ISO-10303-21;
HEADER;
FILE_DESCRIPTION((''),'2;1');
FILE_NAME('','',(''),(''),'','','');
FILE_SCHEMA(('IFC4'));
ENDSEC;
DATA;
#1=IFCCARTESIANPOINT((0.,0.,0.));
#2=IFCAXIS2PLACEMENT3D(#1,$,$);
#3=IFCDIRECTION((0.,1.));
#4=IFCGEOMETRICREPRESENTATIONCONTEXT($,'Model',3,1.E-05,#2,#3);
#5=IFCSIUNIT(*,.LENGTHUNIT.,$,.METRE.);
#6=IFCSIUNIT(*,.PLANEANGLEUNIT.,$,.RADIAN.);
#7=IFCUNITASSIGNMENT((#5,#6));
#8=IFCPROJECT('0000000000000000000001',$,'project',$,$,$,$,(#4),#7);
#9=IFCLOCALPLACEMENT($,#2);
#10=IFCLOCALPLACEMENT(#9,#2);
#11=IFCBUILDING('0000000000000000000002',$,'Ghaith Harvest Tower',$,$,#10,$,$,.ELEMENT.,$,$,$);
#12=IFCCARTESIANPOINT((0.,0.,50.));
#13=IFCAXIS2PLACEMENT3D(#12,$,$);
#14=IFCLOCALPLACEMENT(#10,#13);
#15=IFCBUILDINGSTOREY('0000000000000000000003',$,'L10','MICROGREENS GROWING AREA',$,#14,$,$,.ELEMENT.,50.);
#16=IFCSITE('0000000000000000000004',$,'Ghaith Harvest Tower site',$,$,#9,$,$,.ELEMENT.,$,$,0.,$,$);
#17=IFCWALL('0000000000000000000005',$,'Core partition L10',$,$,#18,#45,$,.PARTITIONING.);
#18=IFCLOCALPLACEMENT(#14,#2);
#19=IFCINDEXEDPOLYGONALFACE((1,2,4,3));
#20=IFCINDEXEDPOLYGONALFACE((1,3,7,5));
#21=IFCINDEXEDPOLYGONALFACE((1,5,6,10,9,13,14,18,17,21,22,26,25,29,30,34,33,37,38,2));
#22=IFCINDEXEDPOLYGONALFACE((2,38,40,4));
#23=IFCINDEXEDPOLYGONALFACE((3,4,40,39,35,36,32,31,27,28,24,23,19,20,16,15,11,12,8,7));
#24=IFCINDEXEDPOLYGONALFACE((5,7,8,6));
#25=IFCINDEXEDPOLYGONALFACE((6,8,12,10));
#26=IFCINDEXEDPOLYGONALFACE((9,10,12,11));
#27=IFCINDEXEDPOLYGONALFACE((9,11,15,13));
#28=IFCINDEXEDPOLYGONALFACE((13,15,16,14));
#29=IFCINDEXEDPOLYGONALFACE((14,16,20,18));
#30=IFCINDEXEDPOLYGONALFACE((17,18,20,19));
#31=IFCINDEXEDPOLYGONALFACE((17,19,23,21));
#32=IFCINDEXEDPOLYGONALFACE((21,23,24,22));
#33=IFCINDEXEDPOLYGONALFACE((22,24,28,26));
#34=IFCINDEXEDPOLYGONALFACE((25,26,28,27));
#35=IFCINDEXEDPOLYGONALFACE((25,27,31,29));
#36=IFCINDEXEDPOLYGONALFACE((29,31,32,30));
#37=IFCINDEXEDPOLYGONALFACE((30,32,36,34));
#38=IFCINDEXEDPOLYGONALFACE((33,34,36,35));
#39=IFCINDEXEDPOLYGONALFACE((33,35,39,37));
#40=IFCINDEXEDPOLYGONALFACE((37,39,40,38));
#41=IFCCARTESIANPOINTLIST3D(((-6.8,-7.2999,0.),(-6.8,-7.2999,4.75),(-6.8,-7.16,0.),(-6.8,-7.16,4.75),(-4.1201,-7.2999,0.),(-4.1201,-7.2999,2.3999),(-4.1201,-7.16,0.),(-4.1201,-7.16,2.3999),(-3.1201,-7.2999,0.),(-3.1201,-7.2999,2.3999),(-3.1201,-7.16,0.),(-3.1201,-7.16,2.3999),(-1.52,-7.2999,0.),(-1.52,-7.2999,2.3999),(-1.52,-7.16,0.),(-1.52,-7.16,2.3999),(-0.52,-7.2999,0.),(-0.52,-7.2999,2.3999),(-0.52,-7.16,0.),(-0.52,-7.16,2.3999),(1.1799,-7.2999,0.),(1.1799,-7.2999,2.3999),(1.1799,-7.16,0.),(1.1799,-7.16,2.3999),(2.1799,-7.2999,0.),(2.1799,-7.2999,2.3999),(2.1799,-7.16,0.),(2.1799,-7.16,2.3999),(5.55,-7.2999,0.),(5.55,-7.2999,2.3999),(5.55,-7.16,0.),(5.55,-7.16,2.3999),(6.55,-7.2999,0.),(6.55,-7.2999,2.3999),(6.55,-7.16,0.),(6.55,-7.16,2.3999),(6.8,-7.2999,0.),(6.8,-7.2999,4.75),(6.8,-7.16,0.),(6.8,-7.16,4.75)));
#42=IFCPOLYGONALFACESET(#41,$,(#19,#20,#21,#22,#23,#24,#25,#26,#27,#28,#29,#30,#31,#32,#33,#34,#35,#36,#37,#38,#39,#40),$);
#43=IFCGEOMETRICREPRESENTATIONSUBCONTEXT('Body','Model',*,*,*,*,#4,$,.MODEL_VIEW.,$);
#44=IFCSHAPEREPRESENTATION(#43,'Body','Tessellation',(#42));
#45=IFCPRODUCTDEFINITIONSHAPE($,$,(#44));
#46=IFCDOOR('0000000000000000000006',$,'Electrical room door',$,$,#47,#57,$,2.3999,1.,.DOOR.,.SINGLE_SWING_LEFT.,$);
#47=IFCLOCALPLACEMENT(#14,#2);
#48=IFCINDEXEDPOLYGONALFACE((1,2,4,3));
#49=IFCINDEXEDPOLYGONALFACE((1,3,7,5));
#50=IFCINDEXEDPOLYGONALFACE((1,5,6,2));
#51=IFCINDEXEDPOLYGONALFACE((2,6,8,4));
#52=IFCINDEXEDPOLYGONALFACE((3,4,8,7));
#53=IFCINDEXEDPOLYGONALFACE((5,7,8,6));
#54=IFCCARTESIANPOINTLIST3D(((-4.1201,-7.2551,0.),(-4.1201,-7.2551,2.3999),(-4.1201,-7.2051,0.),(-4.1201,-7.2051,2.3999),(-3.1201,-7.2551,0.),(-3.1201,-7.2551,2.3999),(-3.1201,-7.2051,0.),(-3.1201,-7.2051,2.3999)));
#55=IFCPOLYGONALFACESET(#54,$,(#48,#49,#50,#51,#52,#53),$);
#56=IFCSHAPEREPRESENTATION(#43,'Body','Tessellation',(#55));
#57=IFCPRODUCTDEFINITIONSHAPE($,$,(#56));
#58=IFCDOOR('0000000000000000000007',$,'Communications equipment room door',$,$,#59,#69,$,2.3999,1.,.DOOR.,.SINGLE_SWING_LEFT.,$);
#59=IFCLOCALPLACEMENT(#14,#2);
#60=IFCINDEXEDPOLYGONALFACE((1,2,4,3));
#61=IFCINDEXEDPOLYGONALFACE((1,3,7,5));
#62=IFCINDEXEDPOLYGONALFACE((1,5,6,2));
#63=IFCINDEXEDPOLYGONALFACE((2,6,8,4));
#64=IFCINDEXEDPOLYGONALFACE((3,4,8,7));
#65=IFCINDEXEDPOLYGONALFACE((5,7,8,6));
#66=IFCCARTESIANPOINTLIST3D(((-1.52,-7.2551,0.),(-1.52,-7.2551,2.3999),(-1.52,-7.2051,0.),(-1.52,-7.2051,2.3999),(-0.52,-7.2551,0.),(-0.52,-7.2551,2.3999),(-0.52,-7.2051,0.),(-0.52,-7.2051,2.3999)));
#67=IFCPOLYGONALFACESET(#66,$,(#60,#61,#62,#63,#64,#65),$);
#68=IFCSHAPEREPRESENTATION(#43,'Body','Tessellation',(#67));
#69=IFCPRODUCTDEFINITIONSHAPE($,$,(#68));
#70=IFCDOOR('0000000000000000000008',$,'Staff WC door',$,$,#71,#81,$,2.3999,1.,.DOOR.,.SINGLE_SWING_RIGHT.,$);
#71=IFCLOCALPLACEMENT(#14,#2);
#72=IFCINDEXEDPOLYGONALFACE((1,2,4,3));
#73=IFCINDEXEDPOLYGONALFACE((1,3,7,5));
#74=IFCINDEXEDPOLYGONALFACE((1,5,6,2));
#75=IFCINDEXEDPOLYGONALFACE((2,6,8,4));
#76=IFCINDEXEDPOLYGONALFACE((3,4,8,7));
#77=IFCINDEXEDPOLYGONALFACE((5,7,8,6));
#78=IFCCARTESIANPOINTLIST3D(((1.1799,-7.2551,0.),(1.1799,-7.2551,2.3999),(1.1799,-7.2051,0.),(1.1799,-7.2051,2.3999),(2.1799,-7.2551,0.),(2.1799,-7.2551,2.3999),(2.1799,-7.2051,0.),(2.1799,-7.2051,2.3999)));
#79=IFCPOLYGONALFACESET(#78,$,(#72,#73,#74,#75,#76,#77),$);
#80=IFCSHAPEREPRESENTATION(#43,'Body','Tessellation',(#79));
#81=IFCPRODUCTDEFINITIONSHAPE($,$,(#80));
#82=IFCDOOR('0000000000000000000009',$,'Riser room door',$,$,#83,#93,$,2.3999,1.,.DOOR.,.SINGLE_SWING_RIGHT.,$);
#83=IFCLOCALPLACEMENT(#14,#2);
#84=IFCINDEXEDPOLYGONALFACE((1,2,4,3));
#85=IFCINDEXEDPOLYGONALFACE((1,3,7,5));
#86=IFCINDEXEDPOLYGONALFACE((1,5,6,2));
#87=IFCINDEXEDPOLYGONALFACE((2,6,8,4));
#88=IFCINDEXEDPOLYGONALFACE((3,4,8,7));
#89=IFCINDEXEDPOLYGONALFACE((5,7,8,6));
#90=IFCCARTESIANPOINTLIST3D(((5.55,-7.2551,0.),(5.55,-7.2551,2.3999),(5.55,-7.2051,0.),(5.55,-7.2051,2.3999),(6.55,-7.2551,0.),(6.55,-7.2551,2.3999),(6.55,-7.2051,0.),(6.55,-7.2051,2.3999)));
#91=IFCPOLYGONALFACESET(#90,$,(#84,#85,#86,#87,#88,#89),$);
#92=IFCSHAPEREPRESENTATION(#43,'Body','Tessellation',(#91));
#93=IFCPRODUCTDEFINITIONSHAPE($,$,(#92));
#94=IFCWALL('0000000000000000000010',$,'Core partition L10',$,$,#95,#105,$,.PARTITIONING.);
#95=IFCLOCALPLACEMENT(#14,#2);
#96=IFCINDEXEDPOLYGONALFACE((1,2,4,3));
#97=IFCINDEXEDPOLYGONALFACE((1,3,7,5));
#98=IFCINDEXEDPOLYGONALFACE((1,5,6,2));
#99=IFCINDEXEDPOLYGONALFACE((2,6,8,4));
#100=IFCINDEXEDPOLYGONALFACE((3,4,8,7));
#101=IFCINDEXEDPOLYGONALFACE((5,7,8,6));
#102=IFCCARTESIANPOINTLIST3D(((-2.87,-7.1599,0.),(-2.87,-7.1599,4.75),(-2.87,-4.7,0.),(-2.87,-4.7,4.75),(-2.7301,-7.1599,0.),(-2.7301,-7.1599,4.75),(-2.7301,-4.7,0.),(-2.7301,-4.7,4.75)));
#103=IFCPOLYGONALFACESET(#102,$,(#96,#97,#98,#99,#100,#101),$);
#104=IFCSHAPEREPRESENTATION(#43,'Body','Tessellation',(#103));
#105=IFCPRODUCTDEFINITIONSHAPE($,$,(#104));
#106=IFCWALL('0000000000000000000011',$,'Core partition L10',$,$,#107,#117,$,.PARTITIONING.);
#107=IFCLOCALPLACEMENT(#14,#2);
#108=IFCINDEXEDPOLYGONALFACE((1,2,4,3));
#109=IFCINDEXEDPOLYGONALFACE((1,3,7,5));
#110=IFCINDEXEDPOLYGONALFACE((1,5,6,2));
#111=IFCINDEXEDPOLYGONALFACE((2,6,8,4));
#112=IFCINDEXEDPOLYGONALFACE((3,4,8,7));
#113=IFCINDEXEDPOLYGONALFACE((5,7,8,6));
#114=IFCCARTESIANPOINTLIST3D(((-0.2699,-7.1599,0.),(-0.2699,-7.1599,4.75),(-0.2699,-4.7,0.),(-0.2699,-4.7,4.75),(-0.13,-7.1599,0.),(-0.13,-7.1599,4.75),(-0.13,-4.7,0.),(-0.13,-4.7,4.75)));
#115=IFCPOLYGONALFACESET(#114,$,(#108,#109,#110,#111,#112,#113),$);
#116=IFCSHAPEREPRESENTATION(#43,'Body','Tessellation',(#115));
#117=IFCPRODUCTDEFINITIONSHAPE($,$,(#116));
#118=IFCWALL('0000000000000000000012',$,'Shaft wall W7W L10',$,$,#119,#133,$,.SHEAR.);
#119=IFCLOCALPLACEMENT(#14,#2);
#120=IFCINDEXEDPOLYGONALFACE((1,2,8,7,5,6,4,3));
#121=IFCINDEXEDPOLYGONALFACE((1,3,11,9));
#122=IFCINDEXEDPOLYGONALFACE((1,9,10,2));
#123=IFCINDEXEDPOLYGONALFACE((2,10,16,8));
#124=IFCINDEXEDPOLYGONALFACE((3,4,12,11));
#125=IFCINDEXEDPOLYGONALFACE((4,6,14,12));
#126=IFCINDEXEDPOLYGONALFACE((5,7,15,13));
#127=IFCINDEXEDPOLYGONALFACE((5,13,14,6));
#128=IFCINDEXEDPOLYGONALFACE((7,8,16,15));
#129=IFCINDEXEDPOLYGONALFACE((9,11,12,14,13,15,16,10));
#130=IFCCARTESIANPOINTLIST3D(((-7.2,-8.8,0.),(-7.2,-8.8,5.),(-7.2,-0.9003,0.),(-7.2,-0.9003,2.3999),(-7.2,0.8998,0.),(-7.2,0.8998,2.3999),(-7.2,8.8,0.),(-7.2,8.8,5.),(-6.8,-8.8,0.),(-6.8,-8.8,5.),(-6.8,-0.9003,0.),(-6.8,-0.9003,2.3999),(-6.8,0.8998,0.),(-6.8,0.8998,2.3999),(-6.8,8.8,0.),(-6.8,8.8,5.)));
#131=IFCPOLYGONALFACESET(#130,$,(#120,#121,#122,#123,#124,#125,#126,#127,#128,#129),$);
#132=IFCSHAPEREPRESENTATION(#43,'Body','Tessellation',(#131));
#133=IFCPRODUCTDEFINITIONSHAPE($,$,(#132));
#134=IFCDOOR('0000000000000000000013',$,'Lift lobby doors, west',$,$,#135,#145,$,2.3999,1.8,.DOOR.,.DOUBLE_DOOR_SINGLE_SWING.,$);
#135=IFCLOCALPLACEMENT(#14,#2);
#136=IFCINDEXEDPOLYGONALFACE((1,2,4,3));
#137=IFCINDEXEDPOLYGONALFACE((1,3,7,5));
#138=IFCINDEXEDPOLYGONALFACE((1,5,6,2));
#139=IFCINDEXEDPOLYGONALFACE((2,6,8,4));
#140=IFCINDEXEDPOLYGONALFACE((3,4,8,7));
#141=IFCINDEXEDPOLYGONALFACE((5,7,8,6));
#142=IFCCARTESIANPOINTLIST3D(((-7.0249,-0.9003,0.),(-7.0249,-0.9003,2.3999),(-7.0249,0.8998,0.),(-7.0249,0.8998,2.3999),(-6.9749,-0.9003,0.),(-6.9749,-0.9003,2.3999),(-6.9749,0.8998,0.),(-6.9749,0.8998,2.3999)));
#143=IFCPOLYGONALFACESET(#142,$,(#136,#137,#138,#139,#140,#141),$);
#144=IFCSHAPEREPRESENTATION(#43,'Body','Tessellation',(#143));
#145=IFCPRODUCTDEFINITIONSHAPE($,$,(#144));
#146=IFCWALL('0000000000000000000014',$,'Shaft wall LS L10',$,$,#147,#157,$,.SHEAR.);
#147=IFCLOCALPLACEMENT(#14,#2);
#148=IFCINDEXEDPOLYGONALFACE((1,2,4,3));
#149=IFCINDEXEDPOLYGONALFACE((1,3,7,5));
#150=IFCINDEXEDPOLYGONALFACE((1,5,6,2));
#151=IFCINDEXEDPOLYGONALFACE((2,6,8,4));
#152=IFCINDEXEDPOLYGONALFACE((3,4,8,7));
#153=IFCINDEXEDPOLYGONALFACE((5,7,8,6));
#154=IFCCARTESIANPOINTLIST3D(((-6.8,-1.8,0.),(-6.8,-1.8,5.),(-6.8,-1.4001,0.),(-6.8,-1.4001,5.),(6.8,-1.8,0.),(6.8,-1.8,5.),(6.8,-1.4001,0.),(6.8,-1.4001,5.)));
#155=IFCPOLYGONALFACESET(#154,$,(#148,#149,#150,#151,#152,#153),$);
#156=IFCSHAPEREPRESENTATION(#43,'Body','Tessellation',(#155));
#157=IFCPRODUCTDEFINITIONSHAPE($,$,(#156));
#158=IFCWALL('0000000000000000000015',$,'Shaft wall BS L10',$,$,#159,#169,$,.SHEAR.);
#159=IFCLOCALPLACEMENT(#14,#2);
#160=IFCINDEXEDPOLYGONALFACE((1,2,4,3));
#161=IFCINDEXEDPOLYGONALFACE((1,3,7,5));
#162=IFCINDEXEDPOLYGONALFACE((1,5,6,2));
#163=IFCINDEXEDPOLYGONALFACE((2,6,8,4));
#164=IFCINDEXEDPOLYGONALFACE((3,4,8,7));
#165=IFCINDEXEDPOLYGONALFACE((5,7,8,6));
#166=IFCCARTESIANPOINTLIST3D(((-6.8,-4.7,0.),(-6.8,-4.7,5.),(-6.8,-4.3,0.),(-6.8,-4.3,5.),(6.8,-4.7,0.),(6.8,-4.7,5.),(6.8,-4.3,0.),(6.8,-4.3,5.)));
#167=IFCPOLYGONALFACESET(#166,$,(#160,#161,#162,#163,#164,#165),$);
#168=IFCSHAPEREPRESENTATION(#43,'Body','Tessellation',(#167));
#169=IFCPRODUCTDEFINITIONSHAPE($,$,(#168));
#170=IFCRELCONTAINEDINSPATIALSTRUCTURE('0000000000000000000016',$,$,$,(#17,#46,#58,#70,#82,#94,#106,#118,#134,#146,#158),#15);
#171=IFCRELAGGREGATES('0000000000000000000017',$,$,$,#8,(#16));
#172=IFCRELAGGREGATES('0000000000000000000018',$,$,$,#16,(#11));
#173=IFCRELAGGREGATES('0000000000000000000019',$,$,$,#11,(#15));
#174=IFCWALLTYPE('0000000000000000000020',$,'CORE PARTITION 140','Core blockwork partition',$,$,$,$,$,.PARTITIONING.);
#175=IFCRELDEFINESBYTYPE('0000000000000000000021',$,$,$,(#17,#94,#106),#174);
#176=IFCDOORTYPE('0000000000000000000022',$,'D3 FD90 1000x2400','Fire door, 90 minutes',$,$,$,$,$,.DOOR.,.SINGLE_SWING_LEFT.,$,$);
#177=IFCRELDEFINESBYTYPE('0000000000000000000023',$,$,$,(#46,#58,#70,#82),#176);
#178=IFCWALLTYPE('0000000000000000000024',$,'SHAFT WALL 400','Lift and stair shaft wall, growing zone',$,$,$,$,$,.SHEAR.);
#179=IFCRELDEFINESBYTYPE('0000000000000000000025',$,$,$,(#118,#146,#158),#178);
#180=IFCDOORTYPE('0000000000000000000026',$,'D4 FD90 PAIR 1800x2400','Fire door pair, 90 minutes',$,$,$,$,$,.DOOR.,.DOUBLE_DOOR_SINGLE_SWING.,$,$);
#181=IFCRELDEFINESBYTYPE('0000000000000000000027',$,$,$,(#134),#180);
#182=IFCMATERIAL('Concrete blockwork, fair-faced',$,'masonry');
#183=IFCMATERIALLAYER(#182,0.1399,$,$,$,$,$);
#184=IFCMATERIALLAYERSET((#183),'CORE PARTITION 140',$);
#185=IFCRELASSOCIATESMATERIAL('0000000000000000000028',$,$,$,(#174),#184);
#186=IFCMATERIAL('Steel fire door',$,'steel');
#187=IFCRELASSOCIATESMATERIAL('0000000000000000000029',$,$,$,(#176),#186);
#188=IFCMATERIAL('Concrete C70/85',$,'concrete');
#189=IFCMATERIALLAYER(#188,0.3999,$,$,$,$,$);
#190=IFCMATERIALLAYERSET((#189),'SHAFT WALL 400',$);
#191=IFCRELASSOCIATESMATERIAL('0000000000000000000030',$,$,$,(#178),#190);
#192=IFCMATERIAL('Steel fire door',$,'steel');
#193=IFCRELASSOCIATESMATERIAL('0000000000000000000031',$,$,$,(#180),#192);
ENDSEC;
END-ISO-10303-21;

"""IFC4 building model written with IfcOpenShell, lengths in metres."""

from ifc_helpers import new_model, si_unit, direction, frame, frame_2d, origin, place, context, subcontext, project, spatial, rectangle, extrude, material, layer, layer_set, type_object, element, fill, save


model = new_model("IFC4")

# Units and contexts
model_context = context("Model", 3, precision=1e-05, world=origin(), true_north=direction((0.0, 1.0)))
body_context = subcontext(model_context, "Body", "Model", "MODEL_VIEW")
ifc_project = project(units=[si_unit("LENGTHUNIT", "METRE"), si_unit("PLANEANGLEUNIT", "RADIAN")], contexts=[model_context])

# Site, building, storey
site_placement = place(None, origin())
site = spatial("IfcSite", under=ifc_project, at=site_placement, Name="Ghaith Harvest Tower site", CompositionType="ELEMENT", RefElevation=0.0)
building_placement = place(site_placement, origin())
building = spatial("IfcBuilding", under=site, at=building_placement, Name="Ghaith Harvest Tower", CompositionType="ELEMENT")
storey_placement = place(building_placement, frame((0.0, 0.0, 50.0)))
storey = spatial("IfcBuildingStorey", under=building, at=storey_placement, Name="L10", Description="MICROGREENS GROWING AREA", CompositionType="ELEMENT", Elevation=50.0)

# Wall, openings, doors
ifc_material_1 = material(Name="Concrete blockwork, fair-faced", Category="masonry")
ifc_layer_1 = layer(ifc_material_1, 0.1399)
ifc_layer_set_1 = layer_set([ifc_layer_1], Name="CORE PARTITION 140")
wall_type_1 = type_object("IfcWallType", Name="CORE PARTITION 140", Description="Core blockwork partition", PredefinedType="PARTITIONING", material=ifc_layer_set_1)
wall_1_placement = place(storey_placement, frame((-6.8, -7.23, 0.0), z_axis=(0.0, 0.0, 1.0), x_axis=(1.0, 0.0, 0.0)))
wall_1 = element("IfcWall", 1, at=wall_1_placement, inside=storey, type_object=wall_type_1, Name="Core partition L10", PredefinedType="PARTITIONING", context=body_context, shape_type="SweptSolid", body=[
    extrude(rectangle(XDim=13.6001, YDim=0.1399, at=frame_2d((6.8, 0.0))), origin(), (0.0, 0.0, 1.0), 4.75),
])
opening_1_placement = place(wall_1_placement, frame((2.6799, 0.0, 0.0)))
opening_1 = element("IfcOpeningElement", 2, at=opening_1_placement, cuts=wall_1, PredefinedType="OPENING", context=body_context, shape_type="SweptSolid", body=[
    extrude(rectangle(XDim=1.0, YDim=2.3999, at=frame_2d((0.5, 1.2))), frame((0.0, 0.0801, 0.0), z_axis=(0.0, -1.0, 0.0), x_axis=(1.0, 0.0, 0.0)), (0.0, 0.0, 1.0), 0.1599),
])
opening_2_placement = place(wall_1_placement, frame((5.28, 0.0, 0.0)))
opening_2 = element("IfcOpeningElement", 3, at=opening_2_placement, cuts=wall_1, PredefinedType="OPENING", context=body_context, shape_type="SweptSolid", body=[
    extrude(rectangle(XDim=1.0, YDim=2.3999, at=frame_2d((0.5, 1.2))), frame((0.0, 0.0801, 0.0), z_axis=(0.0, -1.0, 0.0), x_axis=(1.0, 0.0, 0.0)), (0.0, 0.0, 1.0), 0.1599),
])
opening_3_placement = place(wall_1_placement, frame((7.98, 0.0, 0.0)))
opening_3 = element("IfcOpeningElement", 4, at=opening_3_placement, cuts=wall_1, PredefinedType="OPENING", context=body_context, shape_type="SweptSolid", body=[
    extrude(rectangle(XDim=1.0, YDim=2.3999, at=frame_2d((0.5, 1.2))), frame((0.0, 0.0801, 0.0), z_axis=(0.0, -1.0, 0.0), x_axis=(1.0, 0.0, 0.0)), (0.0, 0.0, 1.0), 0.1599),
])
opening_4_placement = place(wall_1_placement, frame((12.3501, 0.0, 0.0)))
opening_4 = element("IfcOpeningElement", 5, at=opening_4_placement, cuts=wall_1, PredefinedType="OPENING", context=body_context, shape_type="SweptSolid", body=[
    extrude(rectangle(XDim=1.0, YDim=2.3999, at=frame_2d((0.5, 1.2))), frame((0.0, 0.0801, 0.0), z_axis=(0.0, -1.0, 0.0), x_axis=(1.0, 0.0, 0.0)), (0.0, 0.0, 1.0), 0.1599),
])
ifc_material_2 = material(Name="Steel fire door", Category="steel")
door_type_1 = type_object("IfcDoorType", Name="D3 FD90 1000x2400", Description="Fire door, 90 minutes", OperationType="SINGLE_SWING_LEFT", PredefinedType="DOOR", material=ifc_material_2)
door_1_placement = place(opening_1_placement, origin())
door_1 = element("IfcDoor", 6, at=door_1_placement, inside=storey, type_object=door_type_1, Name="Electrical room door", OperationType="SINGLE_SWING_LEFT", OverallHeight=2.3999, OverallWidth=1.0, PredefinedType="DOOR", context=body_context, shape_type="SweptSolid", body=[
    extrude(rectangle(XDim=1.0, YDim=2.3999, at=frame_2d((0.5, 1.2))), frame((0.0, 0.0249, 0.0), z_axis=(0.0, -1.0, 0.0), x_axis=(1.0, 0.0, 0.0)), (0.0, 0.0, 1.0), 0.05),
])
fill(opening_1, door_1)
door_2_placement = place(opening_2_placement, origin())
door_2 = element("IfcDoor", 7, at=door_2_placement, inside=storey, type_object=door_type_1, Name="Communications equipment room door", OperationType="SINGLE_SWING_LEFT", OverallHeight=2.3999, OverallWidth=1.0, PredefinedType="DOOR", context=body_context, shape_type="SweptSolid", body=[
    extrude(rectangle(XDim=1.0, YDim=2.3999, at=frame_2d((0.5, 1.2))), frame((0.0, 0.0249, 0.0), z_axis=(0.0, -1.0, 0.0), x_axis=(1.0, 0.0, 0.0)), (0.0, 0.0, 1.0), 0.05),
])
fill(opening_2, door_2)
door_3_placement = place(opening_3_placement, origin())
door_3 = element("IfcDoor", 8, at=door_3_placement, inside=storey, type_object=door_type_1, Name="Staff WC door", OperationType="SINGLE_SWING_RIGHT", OverallHeight=2.3999, OverallWidth=1.0, PredefinedType="DOOR", context=body_context, shape_type="SweptSolid", body=[
    extrude(rectangle(XDim=1.0, YDim=2.3999, at=frame_2d((0.5, 1.2))), frame((0.0, 0.0249, 0.0), z_axis=(0.0, -1.0, 0.0), x_axis=(1.0, 0.0, 0.0)), (0.0, 0.0, 1.0), 0.05),
])
fill(opening_3, door_3)
door_4_placement = place(opening_4_placement, origin())
door_4 = element("IfcDoor", 9, at=door_4_placement, inside=storey, type_object=door_type_1, Name="Riser room door", OperationType="SINGLE_SWING_RIGHT", OverallHeight=2.3999, OverallWidth=1.0, PredefinedType="DOOR", context=body_context, shape_type="SweptSolid", body=[
    extrude(rectangle(XDim=1.0, YDim=2.3999, at=frame_2d((0.5, 1.2))), frame((0.0, 0.0249, 0.0), z_axis=(0.0, -1.0, 0.0), x_axis=(1.0, 0.0, 0.0)), (0.0, 0.0, 1.0), 0.05),
])
fill(opening_4, door_4)

# Walls
for number, where, z_axis, x_axis, name in (
    (10, (-2.8, -4.7, 0.0), (0.0, 0.0, 1.0), (0.0, -1.0, 0.0), "Core partition L10"),
    (11, (-0.2, -4.7, 0.0), (0.0, 0.0, 1.0), (0.0, -1.0, 0.0), "Core partition L10"),
):
    element("IfcWall", number, at=place(storey_placement, frame(where, z_axis=z_axis, x_axis=x_axis)), inside=storey, type_object=wall_type_1, Name=name, PredefinedType="PARTITIONING", context=body_context, shape_type="SweptSolid", body=[
        extrude(rectangle(XDim=2.46, YDim=0.1399, at=frame_2d((1.23, 0.0))), origin(), (0.0, 0.0, 1.0), 4.75),
    ])

# Wall, opening, door
ifc_material_3 = material(Name="Concrete C70/85", Category="concrete")
ifc_layer_2 = layer(ifc_material_3, 0.3999)
ifc_layer_set_2 = layer_set([ifc_layer_2], Name="SHAFT WALL 400")
wall_type_2 = type_object("IfcWallType", Name="SHAFT WALL 400", Description="Lift and stair shaft wall, growing zone", PredefinedType="SHEAR", material=ifc_layer_set_2)
wall_2_placement = place(storey_placement, frame((-7.0, -8.8, 0.0), z_axis=(0.0, 0.0, 1.0), x_axis=(0.0, 1.0, 0.0)))
wall_2 = element("IfcWall", 12, at=wall_2_placement, inside=storey, type_object=wall_type_2, Name="Shaft wall W7W L10", PredefinedType="SHEAR", context=body_context, shape_type="SweptSolid", body=[
    extrude(rectangle(XDim=17.6001, YDim=0.3999, at=frame_2d((8.8, 0.0))), origin(), (0.0, 0.0, 1.0), 5.0),
])
opening_5_placement = place(wall_2_placement, frame((7.8999, 0.0, 0.0)))
opening_5 = element("IfcOpeningElement", 13, at=opening_5_placement, cuts=wall_2, PredefinedType="OPENING", context=body_context, shape_type="SweptSolid", body=[
    extrude(rectangle(XDim=1.8, YDim=2.3999, at=frame_2d((0.8999, 1.2))), frame((0.0, 0.21, 0.0), z_axis=(0.0, -1.0, 0.0), x_axis=(1.0, 0.0, 0.0)), (0.0, 0.0, 1.0), 0.4199),
])
ifc_material_4 = material(Name="Steel fire door", Category="steel")
door_type_2 = type_object("IfcDoorType", Name="D4 FD90 PAIR 1800x2400", Description="Fire door pair, 90 minutes", OperationType="DOUBLE_DOOR_SINGLE_SWING", PredefinedType="DOOR", material=ifc_material_4)
door_5_placement = place(opening_5_placement, origin())
door_5 = element("IfcDoor", 14, at=door_5_placement, inside=storey, type_object=door_type_2, Name="Lift lobby doors, west", OperationType="DOUBLE_DOOR_SINGLE_SWING", OverallHeight=2.3999, OverallWidth=1.8, PredefinedType="DOOR", context=body_context, shape_type="SweptSolid", body=[
    extrude(rectangle(XDim=1.8, YDim=2.3999, at=frame_2d((0.8999, 1.2))), frame((0.0, 0.0249, 0.0), z_axis=(0.0, -1.0, 0.0), x_axis=(1.0, 0.0, 0.0)), (0.0, 0.0, 1.0), 0.05),
])
fill(opening_5, door_5)

# Walls
for number, where, z_axis, x_axis, name in (
    (15, (-6.8, -1.6001, 0.0), (0.0, 0.0, 1.0), (1.0, 0.0, 0.0), "Shaft wall LS L10"),
    (16, (-6.8, -4.5, 0.0), (0.0, 0.0, 1.0), (1.0, 0.0, 0.0), "Shaft wall BS L10"),
):
    element("IfcWall", number, at=place(storey_placement, frame(where, z_axis=z_axis, x_axis=x_axis)), inside=storey, type_object=wall_type_2, Name=name, PredefinedType="SHEAR", context=body_context, shape_type="SweptSolid", body=[
        extrude(rectangle(XDim=13.6001, YDim=0.3999, at=frame_2d((6.8, 0.0))), origin(), (0.0, 0.0, 1.0), 5.0),
    ])

save(model, "model.ifc")
